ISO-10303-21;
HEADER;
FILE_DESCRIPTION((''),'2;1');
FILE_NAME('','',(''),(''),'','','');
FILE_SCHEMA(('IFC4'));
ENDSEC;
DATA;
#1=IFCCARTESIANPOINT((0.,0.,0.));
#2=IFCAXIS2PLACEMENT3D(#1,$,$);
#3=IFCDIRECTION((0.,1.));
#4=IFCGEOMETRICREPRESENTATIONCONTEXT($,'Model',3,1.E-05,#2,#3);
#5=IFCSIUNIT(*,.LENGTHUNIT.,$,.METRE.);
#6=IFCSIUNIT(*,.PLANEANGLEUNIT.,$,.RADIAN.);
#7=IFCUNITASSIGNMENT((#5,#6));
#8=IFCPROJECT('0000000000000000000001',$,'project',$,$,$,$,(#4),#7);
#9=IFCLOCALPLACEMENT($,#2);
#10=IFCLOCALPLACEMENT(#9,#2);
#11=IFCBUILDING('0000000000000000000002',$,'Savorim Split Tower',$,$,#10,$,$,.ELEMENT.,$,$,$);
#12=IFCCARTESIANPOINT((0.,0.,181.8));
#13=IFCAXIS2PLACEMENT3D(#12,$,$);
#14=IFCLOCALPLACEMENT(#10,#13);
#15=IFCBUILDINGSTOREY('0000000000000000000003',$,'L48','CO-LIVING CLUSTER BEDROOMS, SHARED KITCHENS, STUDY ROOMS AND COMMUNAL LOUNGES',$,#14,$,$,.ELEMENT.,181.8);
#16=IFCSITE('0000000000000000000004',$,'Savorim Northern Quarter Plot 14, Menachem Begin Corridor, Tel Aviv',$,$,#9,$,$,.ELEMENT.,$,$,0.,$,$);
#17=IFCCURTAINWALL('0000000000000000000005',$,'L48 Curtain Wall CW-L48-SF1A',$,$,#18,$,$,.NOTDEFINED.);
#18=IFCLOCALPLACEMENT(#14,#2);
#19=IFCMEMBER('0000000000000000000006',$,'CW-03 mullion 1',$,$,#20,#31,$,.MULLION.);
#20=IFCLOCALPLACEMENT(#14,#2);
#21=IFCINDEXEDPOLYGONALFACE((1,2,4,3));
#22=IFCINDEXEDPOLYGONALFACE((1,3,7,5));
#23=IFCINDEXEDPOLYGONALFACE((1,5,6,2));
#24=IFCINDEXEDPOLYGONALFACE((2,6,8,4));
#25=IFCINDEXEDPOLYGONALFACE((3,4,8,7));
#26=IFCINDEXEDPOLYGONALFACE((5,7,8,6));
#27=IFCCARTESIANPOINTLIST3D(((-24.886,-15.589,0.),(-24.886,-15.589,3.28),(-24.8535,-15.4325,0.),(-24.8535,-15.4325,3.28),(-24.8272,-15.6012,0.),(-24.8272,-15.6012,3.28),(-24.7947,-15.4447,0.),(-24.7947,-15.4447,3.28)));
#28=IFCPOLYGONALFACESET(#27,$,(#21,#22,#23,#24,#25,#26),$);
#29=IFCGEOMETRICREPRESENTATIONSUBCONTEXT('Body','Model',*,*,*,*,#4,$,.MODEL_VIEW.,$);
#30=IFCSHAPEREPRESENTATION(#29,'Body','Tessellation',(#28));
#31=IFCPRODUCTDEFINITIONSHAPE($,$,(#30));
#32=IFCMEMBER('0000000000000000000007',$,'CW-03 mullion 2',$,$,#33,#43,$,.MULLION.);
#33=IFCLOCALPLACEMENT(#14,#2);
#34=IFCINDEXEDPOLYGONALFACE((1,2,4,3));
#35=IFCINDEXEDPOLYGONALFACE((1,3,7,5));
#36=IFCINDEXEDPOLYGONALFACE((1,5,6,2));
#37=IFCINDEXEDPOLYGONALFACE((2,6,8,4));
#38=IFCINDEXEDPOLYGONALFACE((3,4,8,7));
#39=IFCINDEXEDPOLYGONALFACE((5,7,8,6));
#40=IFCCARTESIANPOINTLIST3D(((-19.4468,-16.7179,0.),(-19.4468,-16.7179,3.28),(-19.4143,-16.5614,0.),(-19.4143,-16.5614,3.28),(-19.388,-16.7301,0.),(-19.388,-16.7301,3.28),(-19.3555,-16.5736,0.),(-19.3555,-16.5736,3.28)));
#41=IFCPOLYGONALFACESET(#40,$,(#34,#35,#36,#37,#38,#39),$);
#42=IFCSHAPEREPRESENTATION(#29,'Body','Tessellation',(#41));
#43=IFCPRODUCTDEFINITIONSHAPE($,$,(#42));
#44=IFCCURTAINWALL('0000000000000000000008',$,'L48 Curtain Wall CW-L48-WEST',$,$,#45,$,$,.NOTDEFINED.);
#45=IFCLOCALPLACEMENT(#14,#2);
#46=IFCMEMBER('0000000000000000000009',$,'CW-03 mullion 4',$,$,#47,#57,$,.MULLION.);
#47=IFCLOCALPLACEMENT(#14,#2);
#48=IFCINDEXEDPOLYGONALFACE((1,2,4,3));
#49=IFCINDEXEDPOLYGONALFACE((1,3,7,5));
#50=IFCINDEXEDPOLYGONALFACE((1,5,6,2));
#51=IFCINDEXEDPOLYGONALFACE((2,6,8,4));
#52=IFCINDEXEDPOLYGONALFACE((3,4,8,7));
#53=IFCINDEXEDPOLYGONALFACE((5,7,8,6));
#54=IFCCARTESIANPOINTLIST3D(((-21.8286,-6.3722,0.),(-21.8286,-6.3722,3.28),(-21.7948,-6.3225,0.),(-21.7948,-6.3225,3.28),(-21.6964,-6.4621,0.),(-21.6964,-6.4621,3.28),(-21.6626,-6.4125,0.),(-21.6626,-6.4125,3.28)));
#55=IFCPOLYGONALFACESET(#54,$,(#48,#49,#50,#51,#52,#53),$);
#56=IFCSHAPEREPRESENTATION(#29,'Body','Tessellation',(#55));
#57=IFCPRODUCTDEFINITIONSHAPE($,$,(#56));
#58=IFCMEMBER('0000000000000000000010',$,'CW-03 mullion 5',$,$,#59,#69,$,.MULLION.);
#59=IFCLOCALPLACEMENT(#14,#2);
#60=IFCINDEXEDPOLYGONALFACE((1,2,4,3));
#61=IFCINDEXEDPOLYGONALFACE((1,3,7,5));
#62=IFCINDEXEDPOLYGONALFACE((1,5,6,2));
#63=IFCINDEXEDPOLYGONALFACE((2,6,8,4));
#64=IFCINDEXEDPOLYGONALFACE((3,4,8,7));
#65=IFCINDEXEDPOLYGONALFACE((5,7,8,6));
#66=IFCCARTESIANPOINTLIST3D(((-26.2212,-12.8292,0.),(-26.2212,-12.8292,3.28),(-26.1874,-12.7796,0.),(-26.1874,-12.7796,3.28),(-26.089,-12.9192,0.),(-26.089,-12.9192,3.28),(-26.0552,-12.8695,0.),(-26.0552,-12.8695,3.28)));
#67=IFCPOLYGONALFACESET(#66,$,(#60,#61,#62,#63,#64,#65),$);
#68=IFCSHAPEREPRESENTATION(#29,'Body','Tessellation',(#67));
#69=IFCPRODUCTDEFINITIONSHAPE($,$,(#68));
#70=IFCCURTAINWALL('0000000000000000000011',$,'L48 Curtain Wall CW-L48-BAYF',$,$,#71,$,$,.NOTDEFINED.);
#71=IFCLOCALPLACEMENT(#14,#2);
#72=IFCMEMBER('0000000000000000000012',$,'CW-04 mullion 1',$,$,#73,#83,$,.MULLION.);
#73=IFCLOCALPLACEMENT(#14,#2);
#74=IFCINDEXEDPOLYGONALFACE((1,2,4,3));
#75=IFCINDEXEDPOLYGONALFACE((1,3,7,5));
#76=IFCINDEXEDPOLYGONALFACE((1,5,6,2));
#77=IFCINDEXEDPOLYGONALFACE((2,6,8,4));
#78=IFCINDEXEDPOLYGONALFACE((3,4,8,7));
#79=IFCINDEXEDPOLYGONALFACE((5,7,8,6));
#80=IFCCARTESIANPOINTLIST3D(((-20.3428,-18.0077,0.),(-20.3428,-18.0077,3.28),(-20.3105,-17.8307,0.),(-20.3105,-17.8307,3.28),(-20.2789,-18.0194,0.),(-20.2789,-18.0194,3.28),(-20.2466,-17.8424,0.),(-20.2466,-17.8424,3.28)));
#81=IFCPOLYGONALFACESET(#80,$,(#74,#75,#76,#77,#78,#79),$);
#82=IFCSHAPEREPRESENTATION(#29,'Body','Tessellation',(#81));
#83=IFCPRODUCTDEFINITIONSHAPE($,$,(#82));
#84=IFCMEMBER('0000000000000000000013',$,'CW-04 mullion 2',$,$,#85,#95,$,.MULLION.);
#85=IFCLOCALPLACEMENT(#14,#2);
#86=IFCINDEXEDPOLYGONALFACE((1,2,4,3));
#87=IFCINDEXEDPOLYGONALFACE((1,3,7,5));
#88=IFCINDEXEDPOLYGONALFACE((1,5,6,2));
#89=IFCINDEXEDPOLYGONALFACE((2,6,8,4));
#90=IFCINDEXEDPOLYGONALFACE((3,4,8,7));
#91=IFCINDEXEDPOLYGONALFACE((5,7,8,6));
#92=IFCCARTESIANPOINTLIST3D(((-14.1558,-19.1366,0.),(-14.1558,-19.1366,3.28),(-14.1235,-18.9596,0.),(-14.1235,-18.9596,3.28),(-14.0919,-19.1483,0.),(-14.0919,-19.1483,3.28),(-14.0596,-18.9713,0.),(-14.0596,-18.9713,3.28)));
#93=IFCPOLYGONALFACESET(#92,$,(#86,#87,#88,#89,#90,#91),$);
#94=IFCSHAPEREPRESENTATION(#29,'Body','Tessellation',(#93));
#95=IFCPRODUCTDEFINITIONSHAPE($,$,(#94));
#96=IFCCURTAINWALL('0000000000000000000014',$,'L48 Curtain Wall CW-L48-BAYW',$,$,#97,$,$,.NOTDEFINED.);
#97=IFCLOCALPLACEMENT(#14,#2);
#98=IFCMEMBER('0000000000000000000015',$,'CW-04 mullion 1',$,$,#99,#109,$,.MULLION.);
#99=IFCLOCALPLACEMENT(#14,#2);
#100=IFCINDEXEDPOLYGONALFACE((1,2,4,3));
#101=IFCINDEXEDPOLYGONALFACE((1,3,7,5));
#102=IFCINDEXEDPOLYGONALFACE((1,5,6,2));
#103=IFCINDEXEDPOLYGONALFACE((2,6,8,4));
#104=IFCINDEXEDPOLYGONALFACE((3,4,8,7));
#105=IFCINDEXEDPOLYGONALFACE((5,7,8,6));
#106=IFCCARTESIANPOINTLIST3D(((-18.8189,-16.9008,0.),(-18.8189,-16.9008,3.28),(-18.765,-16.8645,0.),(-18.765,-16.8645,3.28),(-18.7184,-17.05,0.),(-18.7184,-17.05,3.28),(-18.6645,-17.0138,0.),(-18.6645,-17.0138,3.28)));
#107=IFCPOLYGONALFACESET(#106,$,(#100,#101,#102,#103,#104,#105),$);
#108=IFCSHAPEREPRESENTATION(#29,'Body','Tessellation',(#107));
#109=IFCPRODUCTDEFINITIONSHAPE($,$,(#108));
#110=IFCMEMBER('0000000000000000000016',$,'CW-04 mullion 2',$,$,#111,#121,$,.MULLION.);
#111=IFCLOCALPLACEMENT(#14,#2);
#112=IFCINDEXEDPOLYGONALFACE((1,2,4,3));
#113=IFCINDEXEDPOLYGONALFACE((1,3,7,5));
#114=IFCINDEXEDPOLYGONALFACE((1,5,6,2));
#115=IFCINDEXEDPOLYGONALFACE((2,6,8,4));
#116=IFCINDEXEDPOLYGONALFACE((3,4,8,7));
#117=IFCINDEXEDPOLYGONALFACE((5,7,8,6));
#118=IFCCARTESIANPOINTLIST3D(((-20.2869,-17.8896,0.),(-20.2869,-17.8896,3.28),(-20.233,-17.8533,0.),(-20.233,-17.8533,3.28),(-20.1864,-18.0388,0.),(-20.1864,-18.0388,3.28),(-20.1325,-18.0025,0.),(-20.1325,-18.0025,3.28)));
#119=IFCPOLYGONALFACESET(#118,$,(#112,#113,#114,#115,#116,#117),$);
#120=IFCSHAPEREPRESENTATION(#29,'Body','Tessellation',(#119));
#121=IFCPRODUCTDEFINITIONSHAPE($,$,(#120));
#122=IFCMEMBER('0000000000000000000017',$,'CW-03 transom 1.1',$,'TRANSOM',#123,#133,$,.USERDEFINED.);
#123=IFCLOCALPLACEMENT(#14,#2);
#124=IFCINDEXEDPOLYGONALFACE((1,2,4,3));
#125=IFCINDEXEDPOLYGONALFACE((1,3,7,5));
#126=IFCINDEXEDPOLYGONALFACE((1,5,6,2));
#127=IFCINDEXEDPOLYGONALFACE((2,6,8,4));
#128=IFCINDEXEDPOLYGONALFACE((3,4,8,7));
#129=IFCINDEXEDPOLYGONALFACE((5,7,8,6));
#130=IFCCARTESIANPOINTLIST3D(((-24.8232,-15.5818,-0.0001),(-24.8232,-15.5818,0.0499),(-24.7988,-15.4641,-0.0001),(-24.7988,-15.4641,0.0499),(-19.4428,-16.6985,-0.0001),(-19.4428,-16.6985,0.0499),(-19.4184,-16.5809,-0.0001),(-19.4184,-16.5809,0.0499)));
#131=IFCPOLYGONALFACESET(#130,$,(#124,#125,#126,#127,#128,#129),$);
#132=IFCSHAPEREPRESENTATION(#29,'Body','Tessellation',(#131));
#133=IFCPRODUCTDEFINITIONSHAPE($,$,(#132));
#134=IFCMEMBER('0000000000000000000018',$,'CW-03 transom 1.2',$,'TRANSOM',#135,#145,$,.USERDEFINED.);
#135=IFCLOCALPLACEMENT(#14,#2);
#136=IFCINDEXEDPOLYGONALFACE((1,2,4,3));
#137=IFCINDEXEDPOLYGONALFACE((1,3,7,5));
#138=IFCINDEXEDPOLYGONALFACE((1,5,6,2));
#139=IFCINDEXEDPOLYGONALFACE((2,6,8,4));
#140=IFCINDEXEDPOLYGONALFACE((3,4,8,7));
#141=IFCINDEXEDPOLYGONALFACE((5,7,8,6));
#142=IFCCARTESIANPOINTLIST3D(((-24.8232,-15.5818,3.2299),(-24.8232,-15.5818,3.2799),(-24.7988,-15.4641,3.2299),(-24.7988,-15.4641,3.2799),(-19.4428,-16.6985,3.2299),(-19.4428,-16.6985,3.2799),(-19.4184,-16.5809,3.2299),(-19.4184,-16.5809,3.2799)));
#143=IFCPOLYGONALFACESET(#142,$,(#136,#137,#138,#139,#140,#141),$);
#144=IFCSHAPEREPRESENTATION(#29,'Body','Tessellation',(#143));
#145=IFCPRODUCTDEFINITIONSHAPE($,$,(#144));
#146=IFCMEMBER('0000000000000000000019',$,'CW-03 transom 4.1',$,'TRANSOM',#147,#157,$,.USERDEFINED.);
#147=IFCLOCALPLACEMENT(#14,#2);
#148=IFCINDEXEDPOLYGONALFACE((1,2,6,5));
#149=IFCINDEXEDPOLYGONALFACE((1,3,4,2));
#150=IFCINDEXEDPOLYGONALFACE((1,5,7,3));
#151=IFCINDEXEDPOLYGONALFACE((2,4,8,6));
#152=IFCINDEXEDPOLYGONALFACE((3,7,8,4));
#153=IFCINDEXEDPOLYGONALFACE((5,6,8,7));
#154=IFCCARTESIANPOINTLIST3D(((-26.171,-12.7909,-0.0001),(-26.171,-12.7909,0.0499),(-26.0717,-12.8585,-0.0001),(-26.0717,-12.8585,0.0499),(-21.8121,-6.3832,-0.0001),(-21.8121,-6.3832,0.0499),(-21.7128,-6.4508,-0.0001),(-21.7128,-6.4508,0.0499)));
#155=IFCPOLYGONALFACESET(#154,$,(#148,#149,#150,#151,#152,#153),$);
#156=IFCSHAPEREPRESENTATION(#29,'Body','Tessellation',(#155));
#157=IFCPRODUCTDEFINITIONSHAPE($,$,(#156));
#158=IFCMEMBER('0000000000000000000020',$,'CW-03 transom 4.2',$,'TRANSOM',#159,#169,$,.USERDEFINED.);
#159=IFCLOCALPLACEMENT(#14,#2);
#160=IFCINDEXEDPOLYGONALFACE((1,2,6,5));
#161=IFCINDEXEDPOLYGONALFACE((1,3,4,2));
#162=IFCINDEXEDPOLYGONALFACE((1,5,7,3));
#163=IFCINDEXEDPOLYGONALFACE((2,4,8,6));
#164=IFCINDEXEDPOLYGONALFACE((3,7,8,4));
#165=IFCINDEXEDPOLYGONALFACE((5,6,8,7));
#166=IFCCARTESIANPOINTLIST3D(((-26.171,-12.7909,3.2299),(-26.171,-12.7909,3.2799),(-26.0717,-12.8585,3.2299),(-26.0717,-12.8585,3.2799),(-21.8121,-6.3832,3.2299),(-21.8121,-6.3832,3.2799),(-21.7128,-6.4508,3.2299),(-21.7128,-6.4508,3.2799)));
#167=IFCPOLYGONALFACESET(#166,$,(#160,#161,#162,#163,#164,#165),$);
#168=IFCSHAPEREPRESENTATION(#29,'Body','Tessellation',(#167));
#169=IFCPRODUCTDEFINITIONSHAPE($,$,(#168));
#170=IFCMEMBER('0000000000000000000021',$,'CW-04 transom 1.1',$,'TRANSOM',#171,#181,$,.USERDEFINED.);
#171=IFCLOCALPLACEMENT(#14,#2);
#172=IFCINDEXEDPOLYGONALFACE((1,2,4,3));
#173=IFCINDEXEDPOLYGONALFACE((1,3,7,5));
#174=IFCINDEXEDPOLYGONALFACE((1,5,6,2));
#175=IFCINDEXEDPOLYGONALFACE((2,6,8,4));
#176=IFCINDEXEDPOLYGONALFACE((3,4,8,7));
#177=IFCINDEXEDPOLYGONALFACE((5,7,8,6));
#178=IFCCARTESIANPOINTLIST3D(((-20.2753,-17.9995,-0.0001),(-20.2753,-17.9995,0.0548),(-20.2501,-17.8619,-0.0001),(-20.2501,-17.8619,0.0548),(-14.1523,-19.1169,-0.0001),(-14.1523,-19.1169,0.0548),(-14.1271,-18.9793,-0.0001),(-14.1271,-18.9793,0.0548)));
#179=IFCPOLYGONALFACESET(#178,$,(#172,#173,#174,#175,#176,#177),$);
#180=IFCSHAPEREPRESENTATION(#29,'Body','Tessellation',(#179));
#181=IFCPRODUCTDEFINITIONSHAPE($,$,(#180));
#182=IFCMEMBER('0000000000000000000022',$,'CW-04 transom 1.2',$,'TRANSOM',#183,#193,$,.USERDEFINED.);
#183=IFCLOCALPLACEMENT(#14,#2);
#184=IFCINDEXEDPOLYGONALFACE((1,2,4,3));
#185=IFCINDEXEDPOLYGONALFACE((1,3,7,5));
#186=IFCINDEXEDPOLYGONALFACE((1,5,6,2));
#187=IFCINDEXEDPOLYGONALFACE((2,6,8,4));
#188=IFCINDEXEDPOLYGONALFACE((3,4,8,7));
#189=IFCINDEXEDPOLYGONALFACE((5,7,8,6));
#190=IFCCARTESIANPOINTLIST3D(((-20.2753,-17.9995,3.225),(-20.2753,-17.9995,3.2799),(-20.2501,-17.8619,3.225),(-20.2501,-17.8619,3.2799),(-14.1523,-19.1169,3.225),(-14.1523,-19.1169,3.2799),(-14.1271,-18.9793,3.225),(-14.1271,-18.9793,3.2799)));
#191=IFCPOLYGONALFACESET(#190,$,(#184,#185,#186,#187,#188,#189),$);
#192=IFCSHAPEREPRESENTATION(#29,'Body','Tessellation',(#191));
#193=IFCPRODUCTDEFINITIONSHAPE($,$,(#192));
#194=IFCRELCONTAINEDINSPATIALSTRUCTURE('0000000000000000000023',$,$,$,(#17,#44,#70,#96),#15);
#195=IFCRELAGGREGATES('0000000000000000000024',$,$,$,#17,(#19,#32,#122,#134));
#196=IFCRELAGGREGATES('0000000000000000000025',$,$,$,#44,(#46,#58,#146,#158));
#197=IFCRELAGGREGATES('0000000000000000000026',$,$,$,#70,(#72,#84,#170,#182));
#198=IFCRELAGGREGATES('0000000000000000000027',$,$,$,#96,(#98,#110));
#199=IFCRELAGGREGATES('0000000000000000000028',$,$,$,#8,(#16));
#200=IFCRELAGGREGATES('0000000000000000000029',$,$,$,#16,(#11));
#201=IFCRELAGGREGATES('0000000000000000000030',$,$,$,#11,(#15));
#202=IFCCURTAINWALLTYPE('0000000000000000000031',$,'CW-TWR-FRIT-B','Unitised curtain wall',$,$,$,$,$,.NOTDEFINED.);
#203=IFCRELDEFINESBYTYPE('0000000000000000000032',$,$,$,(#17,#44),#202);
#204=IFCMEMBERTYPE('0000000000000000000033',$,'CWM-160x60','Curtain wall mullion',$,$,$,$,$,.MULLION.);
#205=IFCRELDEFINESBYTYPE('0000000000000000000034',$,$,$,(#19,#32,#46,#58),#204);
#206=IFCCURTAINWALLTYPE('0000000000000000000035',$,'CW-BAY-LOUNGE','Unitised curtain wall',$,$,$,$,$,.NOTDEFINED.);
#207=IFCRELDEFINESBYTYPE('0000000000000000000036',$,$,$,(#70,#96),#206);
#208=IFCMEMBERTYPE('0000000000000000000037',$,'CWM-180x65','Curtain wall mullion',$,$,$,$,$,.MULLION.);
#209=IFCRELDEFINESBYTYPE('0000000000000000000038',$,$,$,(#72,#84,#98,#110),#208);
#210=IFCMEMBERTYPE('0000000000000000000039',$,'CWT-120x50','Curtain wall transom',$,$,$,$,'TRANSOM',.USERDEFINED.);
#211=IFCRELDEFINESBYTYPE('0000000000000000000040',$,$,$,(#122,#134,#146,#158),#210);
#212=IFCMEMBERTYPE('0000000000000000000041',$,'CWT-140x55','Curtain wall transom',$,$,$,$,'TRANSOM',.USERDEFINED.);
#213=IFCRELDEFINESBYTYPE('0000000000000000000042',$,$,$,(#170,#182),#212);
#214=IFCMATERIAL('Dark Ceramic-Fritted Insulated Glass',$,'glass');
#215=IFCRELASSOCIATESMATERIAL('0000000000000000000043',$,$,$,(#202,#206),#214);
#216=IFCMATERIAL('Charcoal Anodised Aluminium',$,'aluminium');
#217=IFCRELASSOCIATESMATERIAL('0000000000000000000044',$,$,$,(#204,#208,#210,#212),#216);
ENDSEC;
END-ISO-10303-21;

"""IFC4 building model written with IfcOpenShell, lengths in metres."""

from ifc_helpers import new_model, si_unit, direction, frame, origin, origin_2d, place, context, subcontext, project, spatial, rectangle, extrude, material, material_profile, profile_set, type_object, element, aggregate, save


model = new_model("IFC4")

# Units and contexts
model_context = context("Model", 3, precision=1e-05, world=origin(), true_north=direction((0.0, 1.0)))
body_context = subcontext(model_context, "Body", "Model", "MODEL_VIEW")
ifc_project = project(units=[si_unit("LENGTHUNIT", "METRE"), si_unit("PLANEANGLEUNIT", "RADIAN")], contexts=[model_context])

# Site, building, storey
site_placement = place(None, origin())
site = spatial("IfcSite", under=ifc_project, at=site_placement, Name="Savorim Northern Quarter Plot 14, Menachem Begin Corridor, Tel Aviv", CompositionType="ELEMENT", RefElevation=0.0)
building_placement = place(site_placement, origin())
building = spatial("IfcBuilding", under=site, at=building_placement, Name="Savorim Split Tower", CompositionType="ELEMENT")
storey_placement = place(building_placement, frame((0.0, 0.0, 181.8)))
storey = spatial("IfcBuildingStorey", under=building, at=storey_placement, Name="L48", Description="CO-LIVING CLUSTER BEDROOMS, SHARED KITCHENS, STUDY ROOMS AND COMMUNAL LOUNGES", CompositionType="ELEMENT", Elevation=181.8)

# Curtain walls, members
ifc_material_1 = material(Name="Dark Ceramic-Fritted Insulated Glass", Category="glass")
curtain_wall_type_1 = type_object("IfcCurtainWallType", Name="CW-TWR-FRIT-B", Description="Unitised curtain wall", PredefinedType="NOTDEFINED", material=ifc_material_1)
curtain_wall_1_placement = place(storey_placement, origin())
curtain_wall_1 = element("IfcCurtainWall", 1, at=curtain_wall_1_placement, inside=storey, type_object=curtain_wall_type_1, Name="L48 Curtain Wall CW-L48-SF1A", PredefinedType="NOTDEFINED")
ifc_material_2 = material(Name="Charcoal Anodised Aluminium", Category="aluminium")
ifc_material_profile_1 = material_profile(ifc_material_2, rectangle(XDim=0.1599, YDim=0.0601, at=origin_2d()), Name="ALU-M 160x60")
ifc_profile_set_1 = profile_set([ifc_material_profile_1], Name="Charcoal Anodised Aluminium")
member_type_1 = type_object("IfcMemberType", Name="CWM-160x60", Description="Curtain wall mullion", PredefinedType="MULLION", material=ifc_profile_set_1)
member_1_placement = place(storey_placement, frame((-24.8403, -15.5168, 0.0), z_axis=(0.0, 0.0, 1.0), x_axis=(0.203221, 0.979133, 0.0)))
member_1 = element("IfcMember", 2, at=member_1_placement, type_object=member_type_1, Name="CW-03 mullion 1", PredefinedType="MULLION", context=body_context, shape_type="SweptSolid", body=[
    extrude(rectangle(XDim=0.1599, YDim=0.0601, at=origin_2d()), origin(), (0.0, 0.0, 1.0), 3.28),
])
member_2_placement = place(storey_placement, frame((-19.4011, -16.6458, 0.0), z_axis=(0.0, 0.0, 1.0), x_axis=(0.203221, 0.979133, 0.0)))
member_2 = element("IfcMember", 3, at=member_2_placement, type_object=member_type_1, Name="CW-03 mullion 2", PredefinedType="MULLION", context=body_context, shape_type="SweptSolid", body=[
    extrude(rectangle(XDim=0.1599, YDim=0.0601, at=origin_2d()), origin(), (0.0, 0.0, 1.0), 3.28),
])
curtain_wall_2_placement = place(storey_placement, origin())
curtain_wall_2 = element("IfcCurtainWall", 4, at=curtain_wall_2_placement, inside=storey, type_object=curtain_wall_type_1, Name="L48 Curtain Wall CW-L48-WEST", PredefinedType="NOTDEFINED")
member_3_placement = place(storey_placement, frame((-21.7456, -6.3923, 0.0), z_axis=(0.0, 0.0, 1.0), x_axis=(0.826819, -0.562468, 0.0)))
member_3 = element("IfcMember", 5, at=member_3_placement, type_object=member_type_1, Name="CW-03 mullion 4", PredefinedType="MULLION", context=body_context, shape_type="SweptSolid", body=[
    extrude(rectangle(XDim=0.1599, YDim=0.0601, at=origin_2d()), origin(), (0.0, 0.0, 1.0), 3.28),
])
member_4_placement = place(storey_placement, frame((-26.1382, -12.8494, 0.0), z_axis=(0.0, 0.0, 1.0), x_axis=(0.826819, -0.562468, 0.0)))
member_4 = element("IfcMember", 6, at=member_4_placement, type_object=member_type_1, Name="CW-03 mullion 5", PredefinedType="MULLION", context=body_context, shape_type="SweptSolid", body=[
    extrude(rectangle(XDim=0.1599, YDim=0.0601, at=origin_2d()), origin(), (0.0, 0.0, 1.0), 3.28),
])
curtain_wall_type_2 = type_object("IfcCurtainWallType", Name="CW-BAY-LOUNGE", Description="Unitised curtain wall", PredefinedType="NOTDEFINED", material=ifc_material_1)
curtain_wall_3_placement = place(storey_placement, origin())
curtain_wall_3 = element("IfcCurtainWall", 7, at=curtain_wall_3_placement, inside=storey, type_object=curtain_wall_type_2, Name="L48 Curtain Wall CW-L48-BAYF", PredefinedType="NOTDEFINED")
ifc_material_profile_2 = material_profile(ifc_material_2, rectangle(XDim=0.1799, YDim=0.0649, at=origin_2d()), Name="ALU-M 180x65")
ifc_profile_set_2 = profile_set([ifc_material_profile_2], Name="Charcoal Anodised Aluminium")
member_type_2 = type_object("IfcMemberType", Name="CWM-180x65", Description="Curtain wall mullion", PredefinedType="MULLION", material=ifc_profile_set_2)
member_5_placement = place(storey_placement, frame((-20.2947, -17.925, 0.0), z_axis=(0.0, 0.0, 1.0), x_axis=(0.179518, 0.983755, 0.0)))
member_5 = element("IfcMember", 8, at=member_5_placement, type_object=member_type_2, Name="CW-04 mullion 1", PredefinedType="MULLION", context=body_context, shape_type="SweptSolid", body=[
    extrude(rectangle(XDim=0.1799, YDim=0.0649, at=origin_2d()), origin(), (0.0, 0.0, 1.0), 3.28),
])
member_6_placement = place(storey_placement, frame((-14.1077, -19.054, 0.0), z_axis=(0.0, 0.0, 1.0), x_axis=(0.179518, 0.983755, 0.0)))
member_6 = element("IfcMember", 9, at=member_6_placement, type_object=member_type_2, Name="CW-04 mullion 2", PredefinedType="MULLION", context=body_context, shape_type="SweptSolid", body=[
    extrude(rectangle(XDim=0.1799, YDim=0.0649, at=origin_2d()), origin(), (0.0, 0.0, 1.0), 3.28),
])
curtain_wall_4_placement = place(storey_placement, origin())
curtain_wall_4 = element("IfcCurtainWall", 10, at=curtain_wall_4_placement, inside=storey, type_object=curtain_wall_type_2, Name="L48 Curtain Wall CW-L48-BAYW", PredefinedType="NOTDEFINED")
member_7_placement = place(storey_placement, frame((-18.7417, -16.9573, 0.0), z_axis=(0.0, 0.0, 1.0), x_axis=(0.55863, -0.829417, 0.0)))
member_7 = element("IfcMember", 11, at=member_7_placement, type_object=member_type_2, Name="CW-04 mullion 1", PredefinedType="MULLION", context=body_context, shape_type="SweptSolid", body=[
    extrude(rectangle(XDim=0.1799, YDim=0.0649, at=origin_2d()), origin(), (0.0, 0.0, 1.0), 3.28),
])
member_8_placement = place(storey_placement, frame((-20.2097, -17.946, 0.0), z_axis=(0.0, 0.0, 1.0), x_axis=(0.55863, -0.829417, 0.0)))
member_8 = element("IfcMember", 12, at=member_8_placement, type_object=member_type_2, Name="CW-04 mullion 2", PredefinedType="MULLION", context=body_context, shape_type="SweptSolid", body=[
    extrude(rectangle(XDim=0.1799, YDim=0.0649, at=origin_2d()), origin(), (0.0, 0.0, 1.0), 3.28),
])

# Members
ifc_material_profile_3 = material_profile(ifc_material_2, rectangle(XDim=0.1201, YDim=0.05, at=origin_2d()), Name="ALU-T 120x50")
ifc_profile_set_3 = profile_set([ifc_material_profile_3], Name="Charcoal Anodised Aluminium")
member_type_3 = type_object("IfcMemberType", Name="CWT-120x50", Description="Curtain wall transom", ElementType="TRANSOM", PredefinedType="USERDEFINED", material=ifc_profile_set_3)
member_9_placement = place(storey_placement, frame((-24.811, -15.5229, 0.0249), z_axis=(0.979133, -0.20322, 0.0), x_axis=(0.20322, 0.979133, 0.0)))
member_9 = element("IfcMember", 13, at=member_9_placement, type_object=member_type_3, Name="CW-03 transom 1.1", ObjectType="TRANSOM", PredefinedType="USERDEFINED", context=body_context, shape_type="SweptSolid", body=[
    extrude(rectangle(XDim=0.1201, YDim=0.05, at=origin_2d()), origin(), (0.0, 0.0, 1.0), 5.4951),
])
member_10_placement = place(storey_placement, frame((-24.811, -15.5229, 3.2549), z_axis=(0.979133, -0.20322, 0.0), x_axis=(0.20322, 0.979133, 0.0)))
member_10 = element("IfcMember", 14, at=member_10_placement, type_object=member_type_3, Name="CW-03 transom 1.2", ObjectType="TRANSOM", PredefinedType="USERDEFINED", context=body_context, shape_type="SweptSolid", body=[
    extrude(rectangle(XDim=0.1201, YDim=0.05, at=origin_2d()), origin(), (0.0, 0.0, 1.0), 5.4951),
])
member_11_placement = place(storey_placement, frame((-21.7625, -6.417, 0.0249), z_axis=(-0.562455, -0.826828, 0.0), x_axis=(0.826828, -0.562455, 0.0)))
member_11 = element("IfcMember", 15, at=member_11_placement, type_object=member_type_3, Name="CW-03 transom 4.1", ObjectType="TRANSOM", PredefinedType="USERDEFINED", context=body_context, shape_type="SweptSolid", body=[
    extrude(rectangle(XDim=0.1201, YDim=0.05, at=origin_2d()), origin(), (0.0, 0.0, 1.0), 7.7498),
])
member_12_placement = place(storey_placement, frame((-21.7625, -6.417, 3.2549), z_axis=(-0.562455, -0.826828, 0.0), x_axis=(0.826828, -0.562455, 0.0)))
member_12 = element("IfcMember", 16, at=member_12_placement, type_object=member_type_3, Name="CW-03 transom 4.2", ObjectType="TRANSOM", PredefinedType="USERDEFINED", context=body_context, shape_type="SweptSolid", body=[
    extrude(rectangle(XDim=0.1201, YDim=0.05, at=origin_2d()), origin(), (0.0, 0.0, 1.0), 7.7498),
])
ifc_material_profile_4 = material_profile(ifc_material_2, rectangle(XDim=0.1399, YDim=0.0549, at=origin_2d()), Name="ALU-T 140x55")
ifc_profile_set_4 = profile_set([ifc_material_profile_4], Name="Charcoal Anodised Aluminium")
member_type_4 = type_object("IfcMemberType", Name="CWT-140x55", Description="Curtain wall transom", ElementType="TRANSOM", PredefinedType="USERDEFINED", material=ifc_profile_set_4)
member_13_placement = place(storey_placement, frame((-20.2627, -17.9307, 0.0273), z_axis=(0.983752, -0.179531, 0.0), x_axis=(0.179531, 0.983752, 0.0)))
member_13 = element("IfcMember", 17, at=member_13_placement, type_object=member_type_4, Name="CW-04 transom 1.1", ObjectType="TRANSOM", PredefinedType="USERDEFINED", context=body_context, shape_type="SweptSolid", body=[
    extrude(rectangle(XDim=0.1399, YDim=0.0549, at=origin_2d()), origin(), (0.0, 0.0, 1.0), 6.2241),
])
member_14_placement = place(storey_placement, frame((-20.2627, -17.9307, 3.2524), z_axis=(0.983752, -0.179531, 0.0), x_axis=(0.179531, 0.983752, 0.0)))
member_14 = element("IfcMember", 18, at=member_14_placement, type_object=member_type_4, Name="CW-04 transom 1.2", ObjectType="TRANSOM", PredefinedType="USERDEFINED", context=body_context, shape_type="SweptSolid", body=[
    extrude(rectangle(XDim=0.1399, YDim=0.0549, at=origin_2d()), origin(), (0.0, 0.0, 1.0), 6.2241),
])

aggregate(curtain_wall_1, [member_1, member_2, member_9, member_10])
aggregate(curtain_wall_2, [member_3, member_4, member_11, member_12])
aggregate(curtain_wall_3, [member_5, member_6, member_13, member_14])
aggregate(curtain_wall_4, [member_7, member_8])

save(model, "model.ifc")
